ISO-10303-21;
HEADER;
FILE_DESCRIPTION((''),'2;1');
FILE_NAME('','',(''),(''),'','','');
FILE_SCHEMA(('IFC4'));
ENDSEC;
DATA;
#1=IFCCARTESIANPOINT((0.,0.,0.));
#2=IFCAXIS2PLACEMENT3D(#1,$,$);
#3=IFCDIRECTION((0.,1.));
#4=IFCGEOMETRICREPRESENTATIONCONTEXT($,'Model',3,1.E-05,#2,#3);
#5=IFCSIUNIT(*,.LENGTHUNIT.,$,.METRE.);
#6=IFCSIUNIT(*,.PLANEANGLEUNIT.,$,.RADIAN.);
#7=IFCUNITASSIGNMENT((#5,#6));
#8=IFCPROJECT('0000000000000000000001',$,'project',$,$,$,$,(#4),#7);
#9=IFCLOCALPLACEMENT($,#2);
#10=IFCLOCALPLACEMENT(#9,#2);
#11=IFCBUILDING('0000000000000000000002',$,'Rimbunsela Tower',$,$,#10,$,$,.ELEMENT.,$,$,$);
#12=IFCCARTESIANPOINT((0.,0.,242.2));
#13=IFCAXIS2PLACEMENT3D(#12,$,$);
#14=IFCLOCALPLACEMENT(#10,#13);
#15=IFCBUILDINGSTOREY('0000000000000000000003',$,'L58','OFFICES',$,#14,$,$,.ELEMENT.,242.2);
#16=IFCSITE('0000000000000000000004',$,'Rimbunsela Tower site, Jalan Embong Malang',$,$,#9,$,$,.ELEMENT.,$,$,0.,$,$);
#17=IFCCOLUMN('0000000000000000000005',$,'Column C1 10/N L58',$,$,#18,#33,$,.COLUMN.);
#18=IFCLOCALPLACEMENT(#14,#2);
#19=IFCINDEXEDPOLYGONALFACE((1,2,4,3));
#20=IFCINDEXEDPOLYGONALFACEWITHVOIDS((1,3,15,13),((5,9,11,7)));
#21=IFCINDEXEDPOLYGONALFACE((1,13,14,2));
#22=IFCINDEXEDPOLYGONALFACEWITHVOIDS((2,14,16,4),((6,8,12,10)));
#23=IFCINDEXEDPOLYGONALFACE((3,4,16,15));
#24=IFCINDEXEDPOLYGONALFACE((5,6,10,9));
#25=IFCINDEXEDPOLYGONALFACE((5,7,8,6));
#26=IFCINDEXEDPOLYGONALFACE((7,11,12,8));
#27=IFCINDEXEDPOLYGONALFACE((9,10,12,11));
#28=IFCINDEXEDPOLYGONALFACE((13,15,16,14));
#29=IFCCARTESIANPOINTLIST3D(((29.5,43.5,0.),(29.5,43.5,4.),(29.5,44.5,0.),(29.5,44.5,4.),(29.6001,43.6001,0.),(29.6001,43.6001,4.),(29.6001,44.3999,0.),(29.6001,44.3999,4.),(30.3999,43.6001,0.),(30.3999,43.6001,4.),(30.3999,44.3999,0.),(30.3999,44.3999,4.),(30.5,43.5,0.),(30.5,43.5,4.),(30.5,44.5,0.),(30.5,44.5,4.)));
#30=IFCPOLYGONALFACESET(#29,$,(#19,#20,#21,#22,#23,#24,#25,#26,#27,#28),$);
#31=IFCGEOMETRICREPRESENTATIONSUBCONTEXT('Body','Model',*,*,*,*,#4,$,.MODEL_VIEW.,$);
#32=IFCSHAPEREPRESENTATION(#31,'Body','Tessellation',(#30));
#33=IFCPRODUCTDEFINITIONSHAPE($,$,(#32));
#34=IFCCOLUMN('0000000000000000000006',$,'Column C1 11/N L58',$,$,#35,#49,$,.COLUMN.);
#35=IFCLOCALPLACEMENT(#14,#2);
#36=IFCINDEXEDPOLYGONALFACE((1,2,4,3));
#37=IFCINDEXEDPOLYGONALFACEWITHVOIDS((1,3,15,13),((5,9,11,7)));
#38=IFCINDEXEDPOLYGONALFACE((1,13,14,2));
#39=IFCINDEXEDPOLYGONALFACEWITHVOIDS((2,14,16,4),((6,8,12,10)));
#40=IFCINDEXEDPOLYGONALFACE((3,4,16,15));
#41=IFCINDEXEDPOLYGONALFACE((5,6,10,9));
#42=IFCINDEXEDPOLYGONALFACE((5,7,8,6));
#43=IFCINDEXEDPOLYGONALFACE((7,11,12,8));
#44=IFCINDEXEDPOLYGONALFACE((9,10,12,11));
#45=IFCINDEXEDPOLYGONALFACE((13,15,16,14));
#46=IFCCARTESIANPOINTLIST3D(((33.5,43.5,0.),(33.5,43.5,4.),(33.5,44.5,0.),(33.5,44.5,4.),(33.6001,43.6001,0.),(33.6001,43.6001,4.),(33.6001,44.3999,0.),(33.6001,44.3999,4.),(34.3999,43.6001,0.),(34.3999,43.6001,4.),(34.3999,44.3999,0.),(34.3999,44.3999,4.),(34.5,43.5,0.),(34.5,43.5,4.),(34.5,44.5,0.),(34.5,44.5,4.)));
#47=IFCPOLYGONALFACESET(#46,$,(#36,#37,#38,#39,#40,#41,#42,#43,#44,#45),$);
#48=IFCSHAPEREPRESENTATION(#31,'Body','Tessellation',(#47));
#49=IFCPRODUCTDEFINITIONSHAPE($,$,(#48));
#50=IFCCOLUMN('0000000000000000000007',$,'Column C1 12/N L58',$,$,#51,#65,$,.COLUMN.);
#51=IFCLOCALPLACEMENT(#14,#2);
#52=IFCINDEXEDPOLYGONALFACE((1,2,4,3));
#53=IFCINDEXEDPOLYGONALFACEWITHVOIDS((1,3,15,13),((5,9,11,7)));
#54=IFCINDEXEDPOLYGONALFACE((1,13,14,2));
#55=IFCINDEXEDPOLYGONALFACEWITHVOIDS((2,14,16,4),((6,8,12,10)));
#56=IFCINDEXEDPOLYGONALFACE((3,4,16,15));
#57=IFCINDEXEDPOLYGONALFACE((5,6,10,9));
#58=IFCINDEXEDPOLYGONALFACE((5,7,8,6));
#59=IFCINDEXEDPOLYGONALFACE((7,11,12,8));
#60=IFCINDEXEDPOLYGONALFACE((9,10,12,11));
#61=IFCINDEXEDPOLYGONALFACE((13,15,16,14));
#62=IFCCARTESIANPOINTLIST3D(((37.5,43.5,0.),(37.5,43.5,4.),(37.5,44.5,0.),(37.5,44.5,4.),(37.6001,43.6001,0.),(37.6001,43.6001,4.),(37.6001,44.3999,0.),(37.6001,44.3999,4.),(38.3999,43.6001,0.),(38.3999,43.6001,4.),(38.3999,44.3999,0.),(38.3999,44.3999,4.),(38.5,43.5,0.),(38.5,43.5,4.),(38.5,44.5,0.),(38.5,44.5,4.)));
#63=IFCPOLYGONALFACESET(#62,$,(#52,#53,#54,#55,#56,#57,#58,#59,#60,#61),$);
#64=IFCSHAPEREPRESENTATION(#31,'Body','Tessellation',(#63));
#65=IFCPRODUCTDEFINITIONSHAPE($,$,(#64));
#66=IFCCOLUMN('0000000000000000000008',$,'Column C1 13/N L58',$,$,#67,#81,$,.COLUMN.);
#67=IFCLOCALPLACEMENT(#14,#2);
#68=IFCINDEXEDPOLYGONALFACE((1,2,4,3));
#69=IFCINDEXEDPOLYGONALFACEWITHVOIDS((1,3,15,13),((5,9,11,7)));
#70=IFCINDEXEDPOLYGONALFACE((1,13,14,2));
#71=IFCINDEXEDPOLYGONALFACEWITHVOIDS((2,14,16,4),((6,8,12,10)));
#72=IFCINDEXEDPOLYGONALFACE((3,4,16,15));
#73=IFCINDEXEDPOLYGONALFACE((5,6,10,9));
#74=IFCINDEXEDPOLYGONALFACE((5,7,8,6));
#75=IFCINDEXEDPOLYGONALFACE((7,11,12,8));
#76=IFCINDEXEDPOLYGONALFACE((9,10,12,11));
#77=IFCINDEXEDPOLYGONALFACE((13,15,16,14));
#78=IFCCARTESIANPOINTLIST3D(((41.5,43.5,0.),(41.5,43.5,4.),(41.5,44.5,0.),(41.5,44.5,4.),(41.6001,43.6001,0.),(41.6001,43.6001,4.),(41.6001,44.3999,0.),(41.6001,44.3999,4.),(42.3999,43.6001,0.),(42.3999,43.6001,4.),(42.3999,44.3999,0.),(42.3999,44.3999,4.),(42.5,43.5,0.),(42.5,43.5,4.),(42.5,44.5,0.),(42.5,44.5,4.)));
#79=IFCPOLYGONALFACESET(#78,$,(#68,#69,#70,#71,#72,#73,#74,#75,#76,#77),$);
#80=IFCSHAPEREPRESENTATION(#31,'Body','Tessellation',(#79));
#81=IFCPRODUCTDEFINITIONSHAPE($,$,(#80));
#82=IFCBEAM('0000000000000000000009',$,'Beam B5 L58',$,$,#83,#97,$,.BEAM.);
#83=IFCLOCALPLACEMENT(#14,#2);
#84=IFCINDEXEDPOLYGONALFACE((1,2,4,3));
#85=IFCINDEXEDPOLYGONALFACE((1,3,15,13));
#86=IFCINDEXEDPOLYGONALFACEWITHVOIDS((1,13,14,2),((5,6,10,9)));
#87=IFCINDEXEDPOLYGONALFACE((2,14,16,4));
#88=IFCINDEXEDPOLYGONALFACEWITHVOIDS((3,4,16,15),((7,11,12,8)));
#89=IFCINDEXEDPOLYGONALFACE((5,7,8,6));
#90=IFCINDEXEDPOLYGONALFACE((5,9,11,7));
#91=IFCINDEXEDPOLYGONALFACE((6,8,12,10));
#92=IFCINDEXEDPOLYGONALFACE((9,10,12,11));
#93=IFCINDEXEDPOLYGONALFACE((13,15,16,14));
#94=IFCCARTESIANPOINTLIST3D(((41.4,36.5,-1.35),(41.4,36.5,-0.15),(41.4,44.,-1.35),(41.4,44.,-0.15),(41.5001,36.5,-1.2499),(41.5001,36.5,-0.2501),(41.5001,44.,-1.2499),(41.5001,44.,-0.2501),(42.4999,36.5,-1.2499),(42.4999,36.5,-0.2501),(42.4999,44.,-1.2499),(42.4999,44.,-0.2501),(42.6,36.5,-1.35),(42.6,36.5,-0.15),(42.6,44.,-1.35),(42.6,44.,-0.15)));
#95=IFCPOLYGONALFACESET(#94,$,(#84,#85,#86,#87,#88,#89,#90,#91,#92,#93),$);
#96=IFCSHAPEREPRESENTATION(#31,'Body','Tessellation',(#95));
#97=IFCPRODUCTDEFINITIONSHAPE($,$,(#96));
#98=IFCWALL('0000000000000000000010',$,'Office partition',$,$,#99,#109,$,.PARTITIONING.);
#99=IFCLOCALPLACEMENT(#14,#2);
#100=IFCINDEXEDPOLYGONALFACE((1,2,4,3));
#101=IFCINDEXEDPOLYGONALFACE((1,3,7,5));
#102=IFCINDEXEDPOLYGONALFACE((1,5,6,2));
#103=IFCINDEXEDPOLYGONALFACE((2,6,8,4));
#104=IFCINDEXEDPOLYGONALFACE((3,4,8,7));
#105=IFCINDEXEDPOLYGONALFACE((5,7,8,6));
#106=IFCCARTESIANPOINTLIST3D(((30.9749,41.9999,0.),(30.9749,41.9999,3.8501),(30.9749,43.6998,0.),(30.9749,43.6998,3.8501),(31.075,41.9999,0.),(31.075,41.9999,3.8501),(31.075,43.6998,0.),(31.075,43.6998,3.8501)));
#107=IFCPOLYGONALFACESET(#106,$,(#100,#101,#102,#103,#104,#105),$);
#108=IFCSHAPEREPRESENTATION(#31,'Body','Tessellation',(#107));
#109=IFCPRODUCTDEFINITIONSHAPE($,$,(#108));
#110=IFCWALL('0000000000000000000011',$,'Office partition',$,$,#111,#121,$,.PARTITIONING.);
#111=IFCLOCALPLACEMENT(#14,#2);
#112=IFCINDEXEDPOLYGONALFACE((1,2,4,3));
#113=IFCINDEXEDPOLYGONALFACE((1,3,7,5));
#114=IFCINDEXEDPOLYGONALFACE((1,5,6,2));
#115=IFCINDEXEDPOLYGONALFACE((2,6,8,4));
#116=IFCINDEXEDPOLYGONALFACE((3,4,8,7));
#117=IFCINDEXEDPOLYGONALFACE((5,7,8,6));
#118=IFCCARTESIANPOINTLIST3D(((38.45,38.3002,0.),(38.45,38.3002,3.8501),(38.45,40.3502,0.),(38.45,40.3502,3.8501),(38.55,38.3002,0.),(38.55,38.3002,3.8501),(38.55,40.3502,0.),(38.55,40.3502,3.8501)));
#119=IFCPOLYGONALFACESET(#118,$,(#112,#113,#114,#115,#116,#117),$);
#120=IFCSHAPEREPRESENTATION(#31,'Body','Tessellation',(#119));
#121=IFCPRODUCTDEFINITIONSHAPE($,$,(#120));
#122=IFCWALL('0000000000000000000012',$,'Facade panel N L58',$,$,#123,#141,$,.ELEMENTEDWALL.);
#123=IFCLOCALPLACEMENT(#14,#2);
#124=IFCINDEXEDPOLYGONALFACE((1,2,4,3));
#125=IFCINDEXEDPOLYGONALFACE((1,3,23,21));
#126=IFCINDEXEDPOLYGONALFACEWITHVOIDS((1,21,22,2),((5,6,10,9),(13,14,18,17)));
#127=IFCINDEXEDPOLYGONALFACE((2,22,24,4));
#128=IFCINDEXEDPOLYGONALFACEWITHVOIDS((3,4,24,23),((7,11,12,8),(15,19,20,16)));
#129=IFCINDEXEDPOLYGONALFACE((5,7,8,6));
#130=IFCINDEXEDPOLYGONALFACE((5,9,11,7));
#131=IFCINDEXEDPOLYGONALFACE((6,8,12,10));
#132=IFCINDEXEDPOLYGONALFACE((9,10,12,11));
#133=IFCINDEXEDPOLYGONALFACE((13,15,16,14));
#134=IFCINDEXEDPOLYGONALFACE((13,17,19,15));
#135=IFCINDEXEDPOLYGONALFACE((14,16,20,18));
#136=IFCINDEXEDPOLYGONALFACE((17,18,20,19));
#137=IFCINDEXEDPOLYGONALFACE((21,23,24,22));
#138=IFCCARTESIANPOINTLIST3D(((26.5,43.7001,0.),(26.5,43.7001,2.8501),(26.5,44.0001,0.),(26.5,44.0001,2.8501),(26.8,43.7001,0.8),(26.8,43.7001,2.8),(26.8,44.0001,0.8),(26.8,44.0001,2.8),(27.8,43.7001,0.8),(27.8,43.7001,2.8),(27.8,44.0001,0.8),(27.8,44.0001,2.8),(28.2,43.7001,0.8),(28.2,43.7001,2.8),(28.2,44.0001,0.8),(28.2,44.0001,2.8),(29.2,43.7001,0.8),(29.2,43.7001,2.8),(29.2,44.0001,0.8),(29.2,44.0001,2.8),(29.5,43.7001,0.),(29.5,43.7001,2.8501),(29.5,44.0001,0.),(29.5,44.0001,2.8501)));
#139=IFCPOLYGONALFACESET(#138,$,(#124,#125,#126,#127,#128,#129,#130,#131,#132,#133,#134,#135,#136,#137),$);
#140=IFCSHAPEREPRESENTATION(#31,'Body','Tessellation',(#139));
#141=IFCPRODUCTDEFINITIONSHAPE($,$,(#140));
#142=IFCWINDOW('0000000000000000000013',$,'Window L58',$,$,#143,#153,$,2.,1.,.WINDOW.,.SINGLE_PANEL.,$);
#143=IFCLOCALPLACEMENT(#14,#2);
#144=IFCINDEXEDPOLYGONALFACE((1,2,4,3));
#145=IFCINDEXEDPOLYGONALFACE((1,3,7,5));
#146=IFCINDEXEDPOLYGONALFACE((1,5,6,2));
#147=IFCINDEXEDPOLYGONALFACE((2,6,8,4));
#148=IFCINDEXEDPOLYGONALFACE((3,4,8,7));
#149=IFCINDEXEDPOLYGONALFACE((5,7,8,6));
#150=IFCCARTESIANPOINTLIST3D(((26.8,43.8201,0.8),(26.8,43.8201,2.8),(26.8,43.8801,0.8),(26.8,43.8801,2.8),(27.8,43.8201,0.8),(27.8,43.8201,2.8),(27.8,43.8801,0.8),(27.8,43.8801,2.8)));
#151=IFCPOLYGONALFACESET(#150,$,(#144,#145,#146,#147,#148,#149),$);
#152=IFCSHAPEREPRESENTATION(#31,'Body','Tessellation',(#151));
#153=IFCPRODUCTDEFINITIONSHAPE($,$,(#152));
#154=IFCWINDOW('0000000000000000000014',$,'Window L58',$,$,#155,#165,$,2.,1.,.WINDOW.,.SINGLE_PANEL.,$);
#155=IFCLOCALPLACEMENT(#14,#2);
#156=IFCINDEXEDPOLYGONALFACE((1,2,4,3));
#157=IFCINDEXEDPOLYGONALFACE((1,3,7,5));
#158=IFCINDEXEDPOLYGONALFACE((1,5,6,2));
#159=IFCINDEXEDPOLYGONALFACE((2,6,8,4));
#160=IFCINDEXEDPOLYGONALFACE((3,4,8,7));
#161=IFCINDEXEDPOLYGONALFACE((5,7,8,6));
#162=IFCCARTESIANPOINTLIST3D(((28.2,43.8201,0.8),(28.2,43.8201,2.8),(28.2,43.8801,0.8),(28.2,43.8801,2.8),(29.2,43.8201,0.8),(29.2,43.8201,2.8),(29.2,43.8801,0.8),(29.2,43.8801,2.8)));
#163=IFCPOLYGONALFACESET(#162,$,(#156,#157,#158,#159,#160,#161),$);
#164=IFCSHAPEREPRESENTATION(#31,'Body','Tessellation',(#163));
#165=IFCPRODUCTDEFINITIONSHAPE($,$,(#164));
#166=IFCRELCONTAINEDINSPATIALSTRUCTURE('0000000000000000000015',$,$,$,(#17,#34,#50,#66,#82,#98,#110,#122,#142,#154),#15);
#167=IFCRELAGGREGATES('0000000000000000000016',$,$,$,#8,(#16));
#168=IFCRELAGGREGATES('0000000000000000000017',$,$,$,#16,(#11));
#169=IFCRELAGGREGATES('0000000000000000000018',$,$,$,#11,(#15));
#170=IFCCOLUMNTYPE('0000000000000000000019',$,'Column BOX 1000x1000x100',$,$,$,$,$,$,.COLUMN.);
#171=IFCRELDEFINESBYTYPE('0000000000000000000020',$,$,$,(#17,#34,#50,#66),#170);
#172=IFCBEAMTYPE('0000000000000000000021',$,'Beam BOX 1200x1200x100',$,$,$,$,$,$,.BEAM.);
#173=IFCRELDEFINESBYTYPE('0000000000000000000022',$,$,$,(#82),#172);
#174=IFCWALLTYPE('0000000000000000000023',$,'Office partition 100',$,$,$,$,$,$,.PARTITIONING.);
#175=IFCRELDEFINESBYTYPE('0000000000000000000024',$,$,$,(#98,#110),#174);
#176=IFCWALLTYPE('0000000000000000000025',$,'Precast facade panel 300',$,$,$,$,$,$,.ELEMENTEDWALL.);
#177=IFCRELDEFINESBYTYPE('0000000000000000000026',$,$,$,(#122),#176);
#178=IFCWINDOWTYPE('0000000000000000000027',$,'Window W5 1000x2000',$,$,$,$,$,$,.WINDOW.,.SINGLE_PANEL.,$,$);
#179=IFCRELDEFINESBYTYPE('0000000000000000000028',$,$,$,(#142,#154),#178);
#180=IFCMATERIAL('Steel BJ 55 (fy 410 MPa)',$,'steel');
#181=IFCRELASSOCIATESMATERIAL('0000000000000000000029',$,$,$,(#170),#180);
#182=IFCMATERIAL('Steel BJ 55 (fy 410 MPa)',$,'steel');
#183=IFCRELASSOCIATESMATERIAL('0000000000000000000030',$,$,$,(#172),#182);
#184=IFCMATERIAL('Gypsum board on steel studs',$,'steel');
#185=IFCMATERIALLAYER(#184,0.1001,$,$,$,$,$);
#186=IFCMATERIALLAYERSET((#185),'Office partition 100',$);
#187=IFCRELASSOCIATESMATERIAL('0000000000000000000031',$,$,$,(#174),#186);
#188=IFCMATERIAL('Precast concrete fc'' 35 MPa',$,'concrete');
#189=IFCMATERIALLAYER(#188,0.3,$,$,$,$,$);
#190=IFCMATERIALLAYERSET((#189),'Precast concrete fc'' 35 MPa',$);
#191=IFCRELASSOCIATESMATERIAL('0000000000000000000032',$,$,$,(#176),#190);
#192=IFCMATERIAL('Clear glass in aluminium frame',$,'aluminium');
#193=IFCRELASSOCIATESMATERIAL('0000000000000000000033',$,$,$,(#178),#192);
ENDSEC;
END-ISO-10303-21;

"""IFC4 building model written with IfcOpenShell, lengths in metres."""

from ifc_helpers import new_model, si_unit, direction, frame, frame_2d, origin, origin_2d, place, context, subcontext, project, spatial, rectangle, hollow_rectangle, extrude, material, layer, layer_set, material_profile, profile_set, type_object, element, fill, save


model = new_model("IFC4")

# Units and contexts
model_context = context("Model", 3, precision=1e-05, world=origin(), true_north=direction((0.0, 1.0)))
body_context = subcontext(model_context, "Body", "Model", "MODEL_VIEW")
ifc_project = project(units=[si_unit("LENGTHUNIT", "METRE"), si_unit("PLANEANGLEUNIT", "RADIAN")], contexts=[model_context])

# Site, building, storey
site_placement = place(None, origin())
site = spatial("IfcSite", under=ifc_project, at=site_placement, Name="Rimbunsela Tower site, Jalan Embong Malang", CompositionType="ELEMENT", RefElevation=0.0)
building_placement = place(site_placement, origin())
building = spatial("IfcBuilding", under=site, at=building_placement, Name="Rimbunsela Tower", CompositionType="ELEMENT")
storey_placement = place(building_placement, frame((0.0, 0.0, 242.2)))
storey = spatial("IfcBuildingStorey", under=building, at=storey_placement, Name="L58", Description="OFFICES", CompositionType="ELEMENT", Elevation=242.2)

# Columns
ifc_material_1 = material(Name="Steel BJ 55 (fy 410 MPa)", Category="steel")
ifc_material_profile_1 = material_profile(ifc_material_1, hollow_rectangle(XDim=1.0, YDim=1.0, WallThickness=0.1001, at=origin_2d()), Name="BOX 1000x1000x100")
ifc_profile_set_1 = profile_set([ifc_material_profile_1], Name="Steel BJ 55 (fy 410 MPa)")
column_type = type_object("IfcColumnType", Name="Column BOX 1000x1000x100", PredefinedType="COLUMN", material=ifc_profile_set_1)
for number, where, z_axis, x_axis, name in (
    (1, (30.0, 44.0, 0.0), (0.0, 0.0, 1.0), (1.0, 0.0, 0.0), "Column C1 10/N L58"),
    (2, (34.0, 44.0, 0.0), (0.0, 0.0, 1.0), (1.0, 0.0, 0.0), "Column C1 11/N L58"),
    (3, (38.0, 44.0, 0.0), (0.0, 0.0, 1.0), (1.0, 0.0, 0.0), "Column C1 12/N L58"),
    (4, (42.0, 44.0, 0.0), (0.0, 0.0, 1.0), (1.0, 0.0, 0.0), "Column C1 13/N L58"),
):
    element("IfcColumn", number, at=place(storey_placement, frame(where, z_axis=z_axis, x_axis=x_axis)), inside=storey, type_object=column_type, Name=name, PredefinedType="COLUMN", context=body_context, shape_type="SweptSolid", body=[
        extrude(hollow_rectangle(XDim=1.0, YDim=1.0, WallThickness=0.1001, at=origin_2d()), origin(), (0.0, 0.0, 1.0), 4.0),
    ])

# Beam
ifc_material_2 = material(Name="Steel BJ 55 (fy 410 MPa)", Category="steel")
ifc_material_profile_2 = material_profile(ifc_material_2, hollow_rectangle(XDim=1.2, YDim=1.2, WallThickness=0.1001, at=origin_2d()), Name="BOX 1200x1200x100")
ifc_profile_set_2 = profile_set([ifc_material_profile_2], Name="Steel BJ 55 (fy 410 MPa)")
beam_type = type_object("IfcBeamType", Name="Beam BOX 1200x1200x100", PredefinedType="BEAM", material=ifc_profile_set_2)
beam_placement = place(storey_placement, frame((42.0, 36.5, -0.75), z_axis=(0.0, 1.0, 0.0), x_axis=(-1.0, 0.0, 0.0)))
element("IfcBeam", 5, at=beam_placement, inside=storey, type_object=beam_type, Name="Beam B5 L58", PredefinedType="BEAM", context=body_context, shape_type="SweptSolid", body=[
    extrude(hollow_rectangle(XDim=1.2, YDim=1.2, WallThickness=0.1001, at=origin_2d()), origin(), (0.0, 0.0, 1.0), 7.5),
])

# Walls
ifc_material_3 = material(Name="Gypsum board on steel studs", Category="steel")
ifc_layer_1 = layer(ifc_material_3, 0.1001)
ifc_layer_set_1 = layer_set([ifc_layer_1], Name="Office partition 100")
wall_type_1 = type_object("IfcWallType", Name="Office partition 100", PredefinedType="PARTITIONING", material=ifc_layer_set_1)
wall_1_placement = place(storey_placement, frame((31.0249, 43.7, 0.0), z_axis=(0.0, 0.0, 1.0), x_axis=(0.0, -1.0, 0.0)))
element("IfcWall", 6, at=wall_1_placement, inside=storey, type_object=wall_type_1, Name="Office partition", PredefinedType="PARTITIONING", context=body_context, shape_type="SweptSolid", body=[
    extrude(rectangle(XDim=1.7, YDim=0.1001, at=frame_2d((0.8501, 0.0))), origin(), (0.0, 0.0, 1.0), 3.8501),
])
wall_2_placement = place(storey_placement, frame((38.5, 40.3501, 0.0), z_axis=(0.0, 0.0, 1.0), x_axis=(0.0, -1.0, 0.0)))
element("IfcWall", 7, at=wall_2_placement, inside=storey, type_object=wall_type_1, Name="Office partition", PredefinedType="PARTITIONING", context=body_context, shape_type="SweptSolid", body=[
    extrude(rectangle(XDim=2.05, YDim=0.1001, at=frame_2d((1.0249, 0.0))), origin(), (0.0, 0.0, 1.0), 3.8501),
])

# Wall, openings, windows
ifc_material_4 = material(Name="Precast concrete fc' 35 MPa", Category="concrete")
ifc_layer_2 = layer(ifc_material_4, 0.3)
ifc_layer_set_2 = layer_set([ifc_layer_2], Name="Precast concrete fc' 35 MPa")
wall_type_2 = type_object("IfcWallType", Name="Precast facade panel 300", PredefinedType="ELEMENTEDWALL", material=ifc_layer_set_2)
wall_3_placement = place(storey_placement, frame((29.5, 43.8501, 0.0), z_axis=(0.0, 0.0, 1.0), x_axis=(-1.0, 0.0, 0.0)))
wall_3 = element("IfcWall", 8, at=wall_3_placement, inside=storey, type_object=wall_type_2, Name="Facade panel N L58", PredefinedType="ELEMENTEDWALL", context=body_context, shape_type="SweptSolid", body=[
    extrude(rectangle(XDim=3.0, YDim=0.3, at=frame_2d((1.5, 0.0))), origin(), (0.0, 0.0, 1.0), 2.8501),
])
opening_1_placement = place(wall_3_placement, frame((1.7, 0.0, 0.8)))
opening_1 = element("IfcOpeningElement", 9, at=opening_1_placement, cuts=wall_3, PredefinedType="OPENING", context=body_context, shape_type="SweptSolid", body=[
    extrude(rectangle(XDim=1.0, YDim=2.0, at=frame_2d((0.5, 1.0))), frame((0.0, 0.1599, 0.0), z_axis=(0.0, -1.0, 0.0), x_axis=(1.0, 0.0, 0.0)), (0.0, 0.0, 1.0), 0.3201),
])
opening_2_placement = place(wall_3_placement, frame((0.3, 0.0, 0.8)))
opening_2 = element("IfcOpeningElement", 10, at=opening_2_placement, cuts=wall_3, PredefinedType="OPENING", context=body_context, shape_type="SweptSolid", body=[
    extrude(rectangle(XDim=1.0, YDim=2.0, at=frame_2d((0.5, 1.0))), frame((0.0, 0.1599, 0.0), z_axis=(0.0, -1.0, 0.0), x_axis=(1.0, 0.0, 0.0)), (0.0, 0.0, 1.0), 0.3201),
])
ifc_material_5 = material(Name="Clear glass in aluminium frame", Category="aluminium")
window_type_1 = type_object("IfcWindowType", Name="Window W5 1000x2000", PartitioningType="SINGLE_PANEL", PredefinedType="WINDOW", material=ifc_material_5)
window_1_placement = place(opening_1_placement, origin())
window_1 = element("IfcWindow", 11, at=window_1_placement, inside=storey, type_object=window_type_1, Name="Window L58", OverallHeight=2.0, OverallWidth=1.0, PartitioningType="SINGLE_PANEL", PredefinedType="WINDOW", context=body_context, shape_type="SweptSolid", body=[
    extrude(rectangle(XDim=1.0, YDim=2.0, at=frame_2d((0.5, 1.0))), frame((0.0, 0.03, 0.0), z_axis=(0.0, -1.0, 0.0), x_axis=(1.0, 0.0, 0.0)), (0.0, 0.0, 1.0), 0.0601),
])
fill(opening_1, window_1)
window_2_placement = place(opening_2_placement, origin())
window_2 = element("IfcWindow", 12, at=window_2_placement, inside=storey, type_object=window_type_1, Name="Window L58", OverallHeight=2.0, OverallWidth=1.0, PartitioningType="SINGLE_PANEL", PredefinedType="WINDOW", context=body_context, shape_type="SweptSolid", body=[
    extrude(rectangle(XDim=1.0, YDim=2.0, at=frame_2d((0.5, 1.0))), frame((0.0, 0.03, 0.0), z_axis=(0.0, -1.0, 0.0), x_axis=(1.0, 0.0, 0.0)), (0.0, 0.0, 1.0), 0.0601),
])
fill(opening_2, window_2)

save(model, "model.ifc")
